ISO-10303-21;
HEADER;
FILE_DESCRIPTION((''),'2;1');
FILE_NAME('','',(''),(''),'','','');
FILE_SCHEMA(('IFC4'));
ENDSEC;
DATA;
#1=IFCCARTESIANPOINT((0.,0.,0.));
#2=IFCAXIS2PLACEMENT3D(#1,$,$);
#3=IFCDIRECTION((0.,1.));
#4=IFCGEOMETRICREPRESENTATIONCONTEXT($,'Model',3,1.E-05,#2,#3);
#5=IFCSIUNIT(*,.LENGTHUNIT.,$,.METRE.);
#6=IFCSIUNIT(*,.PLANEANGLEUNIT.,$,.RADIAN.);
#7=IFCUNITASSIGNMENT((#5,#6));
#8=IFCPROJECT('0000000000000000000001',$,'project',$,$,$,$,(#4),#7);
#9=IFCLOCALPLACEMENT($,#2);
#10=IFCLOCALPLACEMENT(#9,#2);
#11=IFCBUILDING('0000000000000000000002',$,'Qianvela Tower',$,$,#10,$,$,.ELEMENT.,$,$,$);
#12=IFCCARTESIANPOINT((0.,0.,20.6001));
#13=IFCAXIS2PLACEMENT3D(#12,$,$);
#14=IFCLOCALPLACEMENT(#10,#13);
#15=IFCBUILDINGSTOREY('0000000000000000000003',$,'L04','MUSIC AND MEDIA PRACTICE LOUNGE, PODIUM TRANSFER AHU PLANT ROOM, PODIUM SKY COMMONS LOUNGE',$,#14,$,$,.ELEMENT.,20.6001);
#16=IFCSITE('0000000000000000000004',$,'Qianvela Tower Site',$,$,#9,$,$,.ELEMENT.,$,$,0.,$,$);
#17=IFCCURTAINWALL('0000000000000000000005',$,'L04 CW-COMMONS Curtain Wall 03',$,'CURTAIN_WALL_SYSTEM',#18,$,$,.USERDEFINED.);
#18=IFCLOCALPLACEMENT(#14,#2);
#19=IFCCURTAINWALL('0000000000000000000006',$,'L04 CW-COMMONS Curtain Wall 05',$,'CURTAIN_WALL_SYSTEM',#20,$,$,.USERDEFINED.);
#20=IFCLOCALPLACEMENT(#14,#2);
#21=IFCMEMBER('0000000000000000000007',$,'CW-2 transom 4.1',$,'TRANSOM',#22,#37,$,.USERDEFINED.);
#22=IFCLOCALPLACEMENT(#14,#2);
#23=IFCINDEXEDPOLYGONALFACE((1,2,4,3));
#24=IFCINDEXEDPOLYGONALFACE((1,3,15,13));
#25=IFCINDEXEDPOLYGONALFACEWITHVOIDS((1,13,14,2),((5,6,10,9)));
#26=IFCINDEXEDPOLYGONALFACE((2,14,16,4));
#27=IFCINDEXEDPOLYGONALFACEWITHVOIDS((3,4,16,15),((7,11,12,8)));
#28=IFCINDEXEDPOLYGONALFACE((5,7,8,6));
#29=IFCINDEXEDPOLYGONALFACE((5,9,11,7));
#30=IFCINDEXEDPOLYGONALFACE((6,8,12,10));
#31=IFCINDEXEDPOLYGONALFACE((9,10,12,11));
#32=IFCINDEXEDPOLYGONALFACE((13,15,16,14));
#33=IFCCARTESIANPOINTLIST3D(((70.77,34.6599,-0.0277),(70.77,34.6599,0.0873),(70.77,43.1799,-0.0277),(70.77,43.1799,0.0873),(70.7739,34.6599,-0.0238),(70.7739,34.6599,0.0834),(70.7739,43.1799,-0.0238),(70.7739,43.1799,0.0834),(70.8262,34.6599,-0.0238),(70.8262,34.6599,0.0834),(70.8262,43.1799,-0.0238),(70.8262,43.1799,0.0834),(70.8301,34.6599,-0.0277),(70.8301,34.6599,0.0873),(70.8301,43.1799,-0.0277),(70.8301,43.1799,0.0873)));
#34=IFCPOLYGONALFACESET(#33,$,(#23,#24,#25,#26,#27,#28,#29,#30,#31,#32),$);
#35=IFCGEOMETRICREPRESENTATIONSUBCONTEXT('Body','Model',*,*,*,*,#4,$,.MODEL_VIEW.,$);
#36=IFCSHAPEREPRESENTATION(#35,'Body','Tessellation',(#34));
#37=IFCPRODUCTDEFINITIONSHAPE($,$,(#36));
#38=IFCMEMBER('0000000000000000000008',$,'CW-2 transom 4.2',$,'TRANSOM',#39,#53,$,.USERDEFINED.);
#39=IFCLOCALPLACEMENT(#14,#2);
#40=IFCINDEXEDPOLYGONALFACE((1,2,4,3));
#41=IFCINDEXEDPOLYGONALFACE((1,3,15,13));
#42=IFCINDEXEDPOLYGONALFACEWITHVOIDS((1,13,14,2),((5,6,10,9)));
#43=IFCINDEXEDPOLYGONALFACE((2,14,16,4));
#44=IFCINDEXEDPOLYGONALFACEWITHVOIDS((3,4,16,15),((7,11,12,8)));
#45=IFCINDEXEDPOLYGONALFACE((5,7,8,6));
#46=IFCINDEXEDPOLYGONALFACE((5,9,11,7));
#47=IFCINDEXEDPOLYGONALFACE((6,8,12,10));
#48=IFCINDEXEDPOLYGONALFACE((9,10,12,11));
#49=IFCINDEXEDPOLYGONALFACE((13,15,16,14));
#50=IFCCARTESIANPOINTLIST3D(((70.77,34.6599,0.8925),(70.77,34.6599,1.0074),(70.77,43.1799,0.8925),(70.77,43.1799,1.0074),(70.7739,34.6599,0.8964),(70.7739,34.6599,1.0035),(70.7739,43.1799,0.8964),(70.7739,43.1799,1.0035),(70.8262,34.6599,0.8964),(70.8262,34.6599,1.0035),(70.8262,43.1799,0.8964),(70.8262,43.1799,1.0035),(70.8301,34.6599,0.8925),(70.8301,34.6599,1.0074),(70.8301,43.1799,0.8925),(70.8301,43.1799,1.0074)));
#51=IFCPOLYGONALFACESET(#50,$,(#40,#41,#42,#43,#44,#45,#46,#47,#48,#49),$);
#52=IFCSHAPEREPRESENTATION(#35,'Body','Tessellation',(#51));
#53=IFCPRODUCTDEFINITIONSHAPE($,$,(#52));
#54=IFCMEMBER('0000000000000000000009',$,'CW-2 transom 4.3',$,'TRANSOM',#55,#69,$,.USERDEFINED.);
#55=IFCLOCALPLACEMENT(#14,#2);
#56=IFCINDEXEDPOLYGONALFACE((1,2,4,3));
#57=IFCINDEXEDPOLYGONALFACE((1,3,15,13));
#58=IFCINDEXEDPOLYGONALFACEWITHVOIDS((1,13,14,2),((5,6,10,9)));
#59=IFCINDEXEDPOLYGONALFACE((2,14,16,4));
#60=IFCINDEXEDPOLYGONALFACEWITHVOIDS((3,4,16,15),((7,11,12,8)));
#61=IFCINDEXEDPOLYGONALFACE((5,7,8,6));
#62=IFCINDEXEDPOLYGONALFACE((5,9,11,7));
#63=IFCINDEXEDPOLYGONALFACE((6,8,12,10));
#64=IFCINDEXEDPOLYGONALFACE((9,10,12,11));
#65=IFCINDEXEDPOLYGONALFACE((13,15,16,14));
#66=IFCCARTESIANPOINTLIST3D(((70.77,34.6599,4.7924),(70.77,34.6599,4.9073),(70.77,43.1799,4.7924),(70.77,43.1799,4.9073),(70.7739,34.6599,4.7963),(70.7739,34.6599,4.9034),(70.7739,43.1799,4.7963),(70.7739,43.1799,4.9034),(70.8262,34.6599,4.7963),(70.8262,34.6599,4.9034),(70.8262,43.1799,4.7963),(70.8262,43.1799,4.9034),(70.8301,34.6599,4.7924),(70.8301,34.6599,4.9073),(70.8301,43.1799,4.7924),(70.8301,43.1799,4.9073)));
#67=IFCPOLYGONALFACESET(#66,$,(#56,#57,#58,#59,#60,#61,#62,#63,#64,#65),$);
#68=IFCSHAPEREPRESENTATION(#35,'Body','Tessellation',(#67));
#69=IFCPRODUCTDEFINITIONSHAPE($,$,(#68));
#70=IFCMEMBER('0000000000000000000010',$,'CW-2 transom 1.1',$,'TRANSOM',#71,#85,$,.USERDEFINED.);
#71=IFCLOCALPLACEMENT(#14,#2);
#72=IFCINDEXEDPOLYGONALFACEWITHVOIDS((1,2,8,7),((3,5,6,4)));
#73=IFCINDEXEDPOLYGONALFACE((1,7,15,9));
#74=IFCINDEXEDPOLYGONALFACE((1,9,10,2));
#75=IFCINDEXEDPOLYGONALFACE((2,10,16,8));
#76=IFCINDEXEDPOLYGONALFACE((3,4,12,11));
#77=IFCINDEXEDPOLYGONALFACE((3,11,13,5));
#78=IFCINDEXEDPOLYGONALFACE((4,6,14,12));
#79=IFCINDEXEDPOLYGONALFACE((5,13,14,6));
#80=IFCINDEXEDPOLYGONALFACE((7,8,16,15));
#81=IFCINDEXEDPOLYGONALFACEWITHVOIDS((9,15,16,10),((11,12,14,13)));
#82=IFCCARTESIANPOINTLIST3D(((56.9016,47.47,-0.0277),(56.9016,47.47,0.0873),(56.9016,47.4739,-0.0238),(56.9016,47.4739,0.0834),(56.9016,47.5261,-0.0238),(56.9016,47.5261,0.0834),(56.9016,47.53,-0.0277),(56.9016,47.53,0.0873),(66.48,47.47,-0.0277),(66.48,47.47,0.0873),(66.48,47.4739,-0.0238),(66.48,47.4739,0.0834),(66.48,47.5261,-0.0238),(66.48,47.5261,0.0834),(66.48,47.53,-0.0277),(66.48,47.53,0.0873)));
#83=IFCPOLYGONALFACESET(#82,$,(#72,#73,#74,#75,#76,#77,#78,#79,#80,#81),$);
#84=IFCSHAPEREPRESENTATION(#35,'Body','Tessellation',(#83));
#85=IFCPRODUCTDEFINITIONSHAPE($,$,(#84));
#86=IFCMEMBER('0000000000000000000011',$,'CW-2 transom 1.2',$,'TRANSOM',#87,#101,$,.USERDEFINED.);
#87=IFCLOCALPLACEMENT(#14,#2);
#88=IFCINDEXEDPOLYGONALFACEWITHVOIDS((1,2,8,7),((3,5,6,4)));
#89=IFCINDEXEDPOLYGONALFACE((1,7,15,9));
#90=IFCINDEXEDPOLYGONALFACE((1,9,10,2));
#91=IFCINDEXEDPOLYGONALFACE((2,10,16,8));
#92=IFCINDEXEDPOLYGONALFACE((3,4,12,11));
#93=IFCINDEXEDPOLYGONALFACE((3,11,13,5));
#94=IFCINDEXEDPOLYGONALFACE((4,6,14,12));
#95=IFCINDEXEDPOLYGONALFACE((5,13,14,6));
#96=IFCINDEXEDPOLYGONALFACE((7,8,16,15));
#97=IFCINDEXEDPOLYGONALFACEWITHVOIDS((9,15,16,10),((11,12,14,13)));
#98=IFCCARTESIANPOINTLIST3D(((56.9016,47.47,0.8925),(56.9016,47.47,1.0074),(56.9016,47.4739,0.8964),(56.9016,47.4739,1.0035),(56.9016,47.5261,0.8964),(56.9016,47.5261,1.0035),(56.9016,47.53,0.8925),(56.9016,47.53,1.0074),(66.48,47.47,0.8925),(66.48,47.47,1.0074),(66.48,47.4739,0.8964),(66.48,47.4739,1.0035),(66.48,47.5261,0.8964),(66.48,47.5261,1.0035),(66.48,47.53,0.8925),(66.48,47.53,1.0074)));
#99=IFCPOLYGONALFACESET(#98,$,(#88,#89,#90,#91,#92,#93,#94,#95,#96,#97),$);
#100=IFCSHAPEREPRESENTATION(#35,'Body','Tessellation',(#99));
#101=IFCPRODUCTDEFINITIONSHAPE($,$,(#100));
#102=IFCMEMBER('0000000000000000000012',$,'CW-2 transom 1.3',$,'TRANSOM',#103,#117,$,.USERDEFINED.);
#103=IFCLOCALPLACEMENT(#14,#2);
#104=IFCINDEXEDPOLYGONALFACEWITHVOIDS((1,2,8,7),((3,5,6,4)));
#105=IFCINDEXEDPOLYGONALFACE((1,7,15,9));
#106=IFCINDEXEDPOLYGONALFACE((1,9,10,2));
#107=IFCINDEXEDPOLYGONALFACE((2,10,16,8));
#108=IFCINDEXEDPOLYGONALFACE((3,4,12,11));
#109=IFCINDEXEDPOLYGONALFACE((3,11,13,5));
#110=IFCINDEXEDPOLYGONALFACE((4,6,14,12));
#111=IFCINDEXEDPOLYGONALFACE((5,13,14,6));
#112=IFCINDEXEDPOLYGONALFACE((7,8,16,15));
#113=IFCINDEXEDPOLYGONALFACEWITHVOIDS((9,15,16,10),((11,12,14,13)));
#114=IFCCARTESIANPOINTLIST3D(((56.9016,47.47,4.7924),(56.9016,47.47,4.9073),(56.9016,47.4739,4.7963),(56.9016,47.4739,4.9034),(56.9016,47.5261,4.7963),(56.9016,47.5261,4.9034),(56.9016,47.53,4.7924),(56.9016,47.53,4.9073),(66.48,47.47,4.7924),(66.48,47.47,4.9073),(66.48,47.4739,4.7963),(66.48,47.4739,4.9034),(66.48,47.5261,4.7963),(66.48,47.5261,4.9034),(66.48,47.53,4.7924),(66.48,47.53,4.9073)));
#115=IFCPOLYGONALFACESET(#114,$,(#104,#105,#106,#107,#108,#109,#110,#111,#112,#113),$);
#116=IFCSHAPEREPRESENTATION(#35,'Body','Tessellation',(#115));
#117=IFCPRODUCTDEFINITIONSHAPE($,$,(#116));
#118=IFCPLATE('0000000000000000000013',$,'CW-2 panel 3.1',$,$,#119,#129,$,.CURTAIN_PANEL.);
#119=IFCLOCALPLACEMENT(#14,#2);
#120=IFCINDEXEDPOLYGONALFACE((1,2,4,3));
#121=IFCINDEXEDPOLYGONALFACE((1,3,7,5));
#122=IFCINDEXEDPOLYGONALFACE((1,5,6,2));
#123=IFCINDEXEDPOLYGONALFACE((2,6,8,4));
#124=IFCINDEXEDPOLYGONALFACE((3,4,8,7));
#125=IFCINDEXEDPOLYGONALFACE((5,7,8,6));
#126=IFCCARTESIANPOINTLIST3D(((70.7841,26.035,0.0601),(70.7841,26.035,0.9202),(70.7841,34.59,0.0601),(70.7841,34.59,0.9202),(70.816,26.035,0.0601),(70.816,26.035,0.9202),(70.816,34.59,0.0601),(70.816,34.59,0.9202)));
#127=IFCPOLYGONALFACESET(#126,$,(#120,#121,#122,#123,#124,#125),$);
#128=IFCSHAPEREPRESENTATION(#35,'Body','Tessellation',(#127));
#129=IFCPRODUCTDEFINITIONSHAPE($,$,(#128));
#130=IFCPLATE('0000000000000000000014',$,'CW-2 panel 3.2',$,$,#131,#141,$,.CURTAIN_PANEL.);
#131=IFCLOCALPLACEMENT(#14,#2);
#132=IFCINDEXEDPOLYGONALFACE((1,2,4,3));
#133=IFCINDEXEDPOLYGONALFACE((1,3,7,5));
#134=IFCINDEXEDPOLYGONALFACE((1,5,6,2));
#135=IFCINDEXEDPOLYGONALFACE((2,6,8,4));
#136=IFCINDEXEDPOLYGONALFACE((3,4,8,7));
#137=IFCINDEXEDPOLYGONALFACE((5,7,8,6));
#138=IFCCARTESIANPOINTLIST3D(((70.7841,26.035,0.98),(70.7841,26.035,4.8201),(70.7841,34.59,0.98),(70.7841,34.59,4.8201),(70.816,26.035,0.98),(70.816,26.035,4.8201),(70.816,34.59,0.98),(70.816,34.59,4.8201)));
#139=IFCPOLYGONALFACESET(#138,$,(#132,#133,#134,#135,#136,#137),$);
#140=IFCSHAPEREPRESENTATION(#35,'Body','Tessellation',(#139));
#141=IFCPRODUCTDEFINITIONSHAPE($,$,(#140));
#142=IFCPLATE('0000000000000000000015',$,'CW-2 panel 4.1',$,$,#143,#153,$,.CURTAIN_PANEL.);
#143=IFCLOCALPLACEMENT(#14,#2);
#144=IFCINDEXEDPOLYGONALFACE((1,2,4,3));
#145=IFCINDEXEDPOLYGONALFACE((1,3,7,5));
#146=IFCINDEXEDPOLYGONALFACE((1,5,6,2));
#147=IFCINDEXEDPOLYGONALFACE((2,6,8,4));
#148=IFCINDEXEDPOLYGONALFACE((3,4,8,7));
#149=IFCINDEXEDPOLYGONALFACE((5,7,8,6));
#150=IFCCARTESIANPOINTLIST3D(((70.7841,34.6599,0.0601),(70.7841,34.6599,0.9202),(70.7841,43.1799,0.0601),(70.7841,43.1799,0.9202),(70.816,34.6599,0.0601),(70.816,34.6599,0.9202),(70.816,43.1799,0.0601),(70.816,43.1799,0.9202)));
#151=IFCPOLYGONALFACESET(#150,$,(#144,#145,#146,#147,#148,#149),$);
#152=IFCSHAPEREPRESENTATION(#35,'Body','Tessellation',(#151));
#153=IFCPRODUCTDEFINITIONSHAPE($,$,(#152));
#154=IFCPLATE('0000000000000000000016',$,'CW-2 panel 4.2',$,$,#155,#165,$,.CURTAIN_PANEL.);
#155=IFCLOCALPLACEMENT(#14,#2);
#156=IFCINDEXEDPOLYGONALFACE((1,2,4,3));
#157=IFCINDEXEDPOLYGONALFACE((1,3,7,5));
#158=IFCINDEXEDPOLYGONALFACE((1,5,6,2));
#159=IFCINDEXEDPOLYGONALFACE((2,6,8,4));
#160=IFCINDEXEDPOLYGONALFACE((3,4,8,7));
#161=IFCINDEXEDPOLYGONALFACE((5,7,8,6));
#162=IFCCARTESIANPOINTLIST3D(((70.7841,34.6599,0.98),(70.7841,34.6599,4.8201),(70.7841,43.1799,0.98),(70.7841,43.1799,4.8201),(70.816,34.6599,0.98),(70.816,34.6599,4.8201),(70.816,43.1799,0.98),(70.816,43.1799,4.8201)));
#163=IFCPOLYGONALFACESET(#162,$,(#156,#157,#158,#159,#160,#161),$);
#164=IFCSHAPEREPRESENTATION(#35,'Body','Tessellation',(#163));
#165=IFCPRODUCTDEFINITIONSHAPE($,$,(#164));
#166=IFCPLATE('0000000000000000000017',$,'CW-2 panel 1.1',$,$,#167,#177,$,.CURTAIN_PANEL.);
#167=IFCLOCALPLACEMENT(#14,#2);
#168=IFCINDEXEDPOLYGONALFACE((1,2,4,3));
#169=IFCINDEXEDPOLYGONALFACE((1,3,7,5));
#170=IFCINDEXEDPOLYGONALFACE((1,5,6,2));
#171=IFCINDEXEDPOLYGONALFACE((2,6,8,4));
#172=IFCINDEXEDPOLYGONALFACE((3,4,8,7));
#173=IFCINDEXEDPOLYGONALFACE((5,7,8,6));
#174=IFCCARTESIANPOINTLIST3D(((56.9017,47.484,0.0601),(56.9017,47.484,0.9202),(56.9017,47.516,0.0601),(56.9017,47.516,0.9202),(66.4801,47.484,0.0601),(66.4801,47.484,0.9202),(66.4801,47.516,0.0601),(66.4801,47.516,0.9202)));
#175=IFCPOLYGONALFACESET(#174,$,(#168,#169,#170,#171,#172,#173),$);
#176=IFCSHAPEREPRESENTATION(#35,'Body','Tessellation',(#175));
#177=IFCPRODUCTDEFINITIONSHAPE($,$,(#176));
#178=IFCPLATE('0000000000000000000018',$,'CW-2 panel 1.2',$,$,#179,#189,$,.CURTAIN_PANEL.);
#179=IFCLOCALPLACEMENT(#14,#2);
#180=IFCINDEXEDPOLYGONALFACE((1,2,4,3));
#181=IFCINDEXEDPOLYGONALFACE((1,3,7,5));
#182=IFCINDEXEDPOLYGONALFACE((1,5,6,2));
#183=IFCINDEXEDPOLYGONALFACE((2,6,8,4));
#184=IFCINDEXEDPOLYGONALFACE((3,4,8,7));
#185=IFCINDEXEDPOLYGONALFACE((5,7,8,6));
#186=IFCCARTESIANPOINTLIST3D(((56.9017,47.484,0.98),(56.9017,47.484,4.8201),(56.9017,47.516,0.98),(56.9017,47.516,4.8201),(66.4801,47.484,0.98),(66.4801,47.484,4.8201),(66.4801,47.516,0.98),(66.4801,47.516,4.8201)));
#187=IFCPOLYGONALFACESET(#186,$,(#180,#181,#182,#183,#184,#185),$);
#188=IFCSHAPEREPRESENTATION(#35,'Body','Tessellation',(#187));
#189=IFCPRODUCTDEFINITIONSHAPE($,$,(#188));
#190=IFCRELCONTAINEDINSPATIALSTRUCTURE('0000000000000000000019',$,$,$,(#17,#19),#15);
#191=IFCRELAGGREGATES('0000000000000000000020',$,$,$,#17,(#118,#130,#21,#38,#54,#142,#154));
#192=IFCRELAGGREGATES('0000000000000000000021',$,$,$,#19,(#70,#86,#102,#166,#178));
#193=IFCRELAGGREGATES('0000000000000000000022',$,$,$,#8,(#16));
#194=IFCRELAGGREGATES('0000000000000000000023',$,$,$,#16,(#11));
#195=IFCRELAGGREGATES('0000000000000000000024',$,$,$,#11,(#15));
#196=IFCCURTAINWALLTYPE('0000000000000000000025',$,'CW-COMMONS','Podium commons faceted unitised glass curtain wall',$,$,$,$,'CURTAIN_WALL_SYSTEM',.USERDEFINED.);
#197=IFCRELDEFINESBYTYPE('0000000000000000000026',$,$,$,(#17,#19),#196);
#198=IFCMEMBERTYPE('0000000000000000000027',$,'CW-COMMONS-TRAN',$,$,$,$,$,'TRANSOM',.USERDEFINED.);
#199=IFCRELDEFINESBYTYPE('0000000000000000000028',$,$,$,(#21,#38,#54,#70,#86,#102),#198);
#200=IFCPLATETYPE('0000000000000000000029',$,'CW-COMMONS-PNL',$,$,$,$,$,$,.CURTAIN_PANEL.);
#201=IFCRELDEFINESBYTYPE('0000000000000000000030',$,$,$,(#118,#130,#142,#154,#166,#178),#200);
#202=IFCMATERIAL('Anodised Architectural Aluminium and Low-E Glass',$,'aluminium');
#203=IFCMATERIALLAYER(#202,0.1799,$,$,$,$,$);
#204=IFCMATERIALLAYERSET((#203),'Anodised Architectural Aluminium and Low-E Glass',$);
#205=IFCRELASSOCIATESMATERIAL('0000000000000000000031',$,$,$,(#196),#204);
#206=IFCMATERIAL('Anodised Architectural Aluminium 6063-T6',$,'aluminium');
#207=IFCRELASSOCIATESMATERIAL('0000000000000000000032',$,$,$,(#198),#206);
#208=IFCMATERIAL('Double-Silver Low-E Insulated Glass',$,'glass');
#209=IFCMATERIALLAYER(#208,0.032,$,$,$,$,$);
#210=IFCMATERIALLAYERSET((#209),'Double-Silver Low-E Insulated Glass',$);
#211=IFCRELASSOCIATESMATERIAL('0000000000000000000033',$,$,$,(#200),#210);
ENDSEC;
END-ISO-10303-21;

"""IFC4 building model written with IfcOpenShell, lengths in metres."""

from ifc_helpers import new_model, si_unit, direction, frame, origin, origin_2d, place, context, subcontext, project, spatial, rectangle, hollow_rectangle, extrude, material, layer, layer_set, material_profile, profile_set, type_object, element, aggregate, save


model = new_model("IFC4")

# Units and contexts
model_context = context("Model", 3, precision=1e-05, world=origin(), true_north=direction((0.0, 1.0)))
body_context = subcontext(model_context, "Body", "Model", "MODEL_VIEW")
ifc_project = project(units=[si_unit("LENGTHUNIT", "METRE"), si_unit("PLANEANGLEUNIT", "RADIAN")], contexts=[model_context])

# Site, building, storey
site_placement = place(None, origin())
site = spatial("IfcSite", under=ifc_project, at=site_placement, Name="Qianvela Tower Site", CompositionType="ELEMENT", RefElevation=0.0)
building_placement = place(site_placement, origin())
building = spatial("IfcBuilding", under=site, at=building_placement, Name="Qianvela Tower", CompositionType="ELEMENT")
storey_placement = place(building_placement, frame((0.0, 0.0, 20.6001)))
storey = spatial("IfcBuildingStorey", under=building, at=storey_placement, Name="L04", Description="MUSIC AND MEDIA PRACTICE LOUNGE, PODIUM TRANSFER AHU PLANT ROOM, PODIUM SKY COMMONS LOUNGE", CompositionType="ELEMENT", Elevation=20.6001)

# Curtain wall
ifc_material_1 = material(Name="Anodised Architectural Aluminium and Low-E Glass", Category="aluminium")
ifc_layer_1 = layer(ifc_material_1, 0.1799)
ifc_layer_set_1 = layer_set([ifc_layer_1], Name="Anodised Architectural Aluminium and Low-E Glass")
curtain_wall_type = type_object("IfcCurtainWallType", Name="CW-COMMONS", Description="Podium commons faceted unitised glass curtain wall", ElementType="CURTAIN_WALL_SYSTEM", PredefinedType="USERDEFINED", material=ifc_layer_set_1)
curtain_wall_1_placement = place(storey_placement, origin())
curtain_wall_1 = element("IfcCurtainWall", 1, at=curtain_wall_1_placement, inside=storey, type_object=curtain_wall_type, Name="L04 CW-COMMONS Curtain Wall 03", ObjectType="CURTAIN_WALL_SYSTEM", PredefinedType="USERDEFINED")

# Curtain wall
curtain_wall_2_placement = place(storey_placement, origin())
curtain_wall_2 = element("IfcCurtainWall", 2, at=curtain_wall_2_placement, inside=storey, type_object=curtain_wall_type, Name="L04 CW-COMMONS Curtain Wall 05", ObjectType="CURTAIN_WALL_SYSTEM", PredefinedType="USERDEFINED")

# Members
ifc_material_2 = material(Name="Anodised Architectural Aluminium 6063-T6", Category="aluminium")
ifc_material_profile_1 = material_profile(ifc_material_2, hollow_rectangle(XDim=0.0601, YDim=0.115, WallThickness=0.0039, at=origin_2d()), Name="ALU-TRAN-60x115")
ifc_profile_set_1 = profile_set([ifc_material_profile_1], Name="Anodised Architectural Aluminium 6063-T6")
member_type_1 = type_object("IfcMemberType", Name="CW-COMMONS-TRAN", ElementType="TRANSOM", PredefinedType="USERDEFINED", material=ifc_profile_set_1)
member_1_placement = place(storey_placement, frame((70.8, 34.6599, 0.0298), z_axis=(0.0, 1.0, 0.0), x_axis=(-1.0, 0.0, 0.0)))
member_1 = element("IfcMember", 3, at=member_1_placement, type_object=member_type_1, Name="CW-2 transom 4.1", ObjectType="TRANSOM", PredefinedType="USERDEFINED", context=body_context, shape_type="SweptSolid", body=[
    extrude(hollow_rectangle(XDim=0.0601, YDim=0.115, WallThickness=0.0039, at=origin_2d()), origin(), (0.0, 0.0, 1.0), 8.52),
])
member_2_placement = place(storey_placement, frame((70.8, 34.6599, 0.95), z_axis=(0.0, 1.0, 0.0), x_axis=(-1.0, 0.0, 0.0)))
member_2 = element("IfcMember", 4, at=member_2_placement, type_object=member_type_1, Name="CW-2 transom 4.2", ObjectType="TRANSOM", PredefinedType="USERDEFINED", context=body_context, shape_type="SweptSolid", body=[
    extrude(hollow_rectangle(XDim=0.0601, YDim=0.115, WallThickness=0.0039, at=origin_2d()), origin(), (0.0, 0.0, 1.0), 8.52),
])
member_3_placement = place(storey_placement, frame((70.8, 34.6599, 4.8499), z_axis=(0.0, 1.0, 0.0), x_axis=(-1.0, 0.0, 0.0)))
member_3 = element("IfcMember", 5, at=member_3_placement, type_object=member_type_1, Name="CW-2 transom 4.3", ObjectType="TRANSOM", PredefinedType="USERDEFINED", context=body_context, shape_type="SweptSolid", body=[
    extrude(hollow_rectangle(XDim=0.0601, YDim=0.115, WallThickness=0.0039, at=origin_2d()), origin(), (0.0, 0.0, 1.0), 8.52),
])
member_4_placement = place(storey_placement, frame((66.48, 47.5, 0.0298), z_axis=(-1.0, 0.0, 0.0), x_axis=(0.0, -1.0, 0.0)))
member_4 = element("IfcMember", 6, at=member_4_placement, type_object=member_type_1, Name="CW-2 transom 1.1", ObjectType="TRANSOM", PredefinedType="USERDEFINED", context=body_context, shape_type="SweptSolid", body=[
    extrude(hollow_rectangle(XDim=0.0601, YDim=0.115, WallThickness=0.0039, at=origin_2d()), origin(), (0.0, 0.0, 1.0), 9.5784),
])
member_5_placement = place(storey_placement, frame((66.48, 47.5, 0.95), z_axis=(-1.0, 0.0, 0.0), x_axis=(0.0, -1.0, 0.0)))
member_5 = element("IfcMember", 7, at=member_5_placement, type_object=member_type_1, Name="CW-2 transom 1.2", ObjectType="TRANSOM", PredefinedType="USERDEFINED", context=body_context, shape_type="SweptSolid", body=[
    extrude(hollow_rectangle(XDim=0.0601, YDim=0.115, WallThickness=0.0039, at=origin_2d()), origin(), (0.0, 0.0, 1.0), 9.5784),
])
member_6_placement = place(storey_placement, frame((66.48, 47.5, 4.8499), z_axis=(-1.0, 0.0, 0.0), x_axis=(0.0, -1.0, 0.0)))
member_6 = element("IfcMember", 8, at=member_6_placement, type_object=member_type_1, Name="CW-2 transom 1.3", ObjectType="TRANSOM", PredefinedType="USERDEFINED", context=body_context, shape_type="SweptSolid", body=[
    extrude(hollow_rectangle(XDim=0.0601, YDim=0.115, WallThickness=0.0039, at=origin_2d()), origin(), (0.0, 0.0, 1.0), 9.5784),
])

# Plates
ifc_material_3 = material(Name="Double-Silver Low-E Insulated Glass", Category="glass")
ifc_layer_2 = layer(ifc_material_3, 0.032)
ifc_layer_set_2 = layer_set([ifc_layer_2], Name="Double-Silver Low-E Insulated Glass")
plate_type = type_object("IfcPlateType", Name="CW-COMMONS-PNL", PredefinedType="CURTAIN_PANEL", material=ifc_layer_set_2)
plate_1_placement = place(storey_placement, frame((70.8, 30.3125, 0.0601), z_axis=(0.0, 0.0, 1.0), x_axis=(0.0, 1.0, 0.0)))
plate_1 = element("IfcPlate", 9, at=plate_1_placement, type_object=plate_type, Name="CW-2 panel 3.1", PredefinedType="CURTAIN_PANEL", context=body_context, shape_type="SweptSolid", body=[
    extrude(rectangle(XDim=8.5549, YDim=0.032, at=origin_2d()), origin(), (0.0, 0.0, 1.0), 0.8601),
])
plate_2_placement = place(storey_placement, frame((70.8, 30.3125, 0.98), z_axis=(0.0, 0.0, 1.0), x_axis=(0.0, 1.0, 0.0)))
plate_2 = element("IfcPlate", 10, at=plate_2_placement, type_object=plate_type, Name="CW-2 panel 3.2", PredefinedType="CURTAIN_PANEL", context=body_context, shape_type="SweptSolid", body=[
    extrude(rectangle(XDim=8.5549, YDim=0.032, at=origin_2d()), origin(), (0.0, 0.0, 1.0), 3.8401),
])
plate_3_placement = place(storey_placement, frame((70.8, 38.9199, 0.0601), z_axis=(0.0, 0.0, 1.0), x_axis=(0.0, 1.0, 0.0)))
plate_3 = element("IfcPlate", 11, at=plate_3_placement, type_object=plate_type, Name="CW-2 panel 4.1", PredefinedType="CURTAIN_PANEL", context=body_context, shape_type="SweptSolid", body=[
    extrude(rectangle(XDim=8.52, YDim=0.032, at=origin_2d()), origin(), (0.0, 0.0, 1.0), 0.8601),
])
plate_4_placement = place(storey_placement, frame((70.8, 38.9199, 0.98), z_axis=(0.0, 0.0, 1.0), x_axis=(0.0, 1.0, 0.0)))
plate_4 = element("IfcPlate", 12, at=plate_4_placement, type_object=plate_type, Name="CW-2 panel 4.2", PredefinedType="CURTAIN_PANEL", context=body_context, shape_type="SweptSolid", body=[
    extrude(rectangle(XDim=8.52, YDim=0.032, at=origin_2d()), origin(), (0.0, 0.0, 1.0), 3.8401),
])
aggregate(curtain_wall_1, [plate_1, plate_2, member_1, member_2, member_3, plate_3, plate_4])
plate_5_placement = place(storey_placement, frame((61.6909, 47.5, 0.0601), z_axis=(0.0, 0.0, 1.0), x_axis=(-1.0, 0.0, 0.0)))
plate_5 = element("IfcPlate", 13, at=plate_5_placement, type_object=plate_type, Name="CW-2 panel 1.1", PredefinedType="CURTAIN_PANEL", context=body_context, shape_type="SweptSolid", body=[
    extrude(rectangle(XDim=9.5784, YDim=0.032, at=origin_2d()), origin(), (0.0, 0.0, 1.0), 0.8601),
])
plate_6_placement = place(storey_placement, frame((61.6909, 47.5, 0.98), z_axis=(0.0, 0.0, 1.0), x_axis=(-1.0, 0.0, 0.0)))
plate_6 = element("IfcPlate", 14, at=plate_6_placement, type_object=plate_type, Name="CW-2 panel 1.2", PredefinedType="CURTAIN_PANEL", context=body_context, shape_type="SweptSolid", body=[
    extrude(rectangle(XDim=9.5784, YDim=0.032, at=origin_2d()), origin(), (0.0, 0.0, 1.0), 3.8401),
])
aggregate(curtain_wall_2, [member_4, member_5, member_6, plate_5, plate_6])

save(model, "model.ifc")
